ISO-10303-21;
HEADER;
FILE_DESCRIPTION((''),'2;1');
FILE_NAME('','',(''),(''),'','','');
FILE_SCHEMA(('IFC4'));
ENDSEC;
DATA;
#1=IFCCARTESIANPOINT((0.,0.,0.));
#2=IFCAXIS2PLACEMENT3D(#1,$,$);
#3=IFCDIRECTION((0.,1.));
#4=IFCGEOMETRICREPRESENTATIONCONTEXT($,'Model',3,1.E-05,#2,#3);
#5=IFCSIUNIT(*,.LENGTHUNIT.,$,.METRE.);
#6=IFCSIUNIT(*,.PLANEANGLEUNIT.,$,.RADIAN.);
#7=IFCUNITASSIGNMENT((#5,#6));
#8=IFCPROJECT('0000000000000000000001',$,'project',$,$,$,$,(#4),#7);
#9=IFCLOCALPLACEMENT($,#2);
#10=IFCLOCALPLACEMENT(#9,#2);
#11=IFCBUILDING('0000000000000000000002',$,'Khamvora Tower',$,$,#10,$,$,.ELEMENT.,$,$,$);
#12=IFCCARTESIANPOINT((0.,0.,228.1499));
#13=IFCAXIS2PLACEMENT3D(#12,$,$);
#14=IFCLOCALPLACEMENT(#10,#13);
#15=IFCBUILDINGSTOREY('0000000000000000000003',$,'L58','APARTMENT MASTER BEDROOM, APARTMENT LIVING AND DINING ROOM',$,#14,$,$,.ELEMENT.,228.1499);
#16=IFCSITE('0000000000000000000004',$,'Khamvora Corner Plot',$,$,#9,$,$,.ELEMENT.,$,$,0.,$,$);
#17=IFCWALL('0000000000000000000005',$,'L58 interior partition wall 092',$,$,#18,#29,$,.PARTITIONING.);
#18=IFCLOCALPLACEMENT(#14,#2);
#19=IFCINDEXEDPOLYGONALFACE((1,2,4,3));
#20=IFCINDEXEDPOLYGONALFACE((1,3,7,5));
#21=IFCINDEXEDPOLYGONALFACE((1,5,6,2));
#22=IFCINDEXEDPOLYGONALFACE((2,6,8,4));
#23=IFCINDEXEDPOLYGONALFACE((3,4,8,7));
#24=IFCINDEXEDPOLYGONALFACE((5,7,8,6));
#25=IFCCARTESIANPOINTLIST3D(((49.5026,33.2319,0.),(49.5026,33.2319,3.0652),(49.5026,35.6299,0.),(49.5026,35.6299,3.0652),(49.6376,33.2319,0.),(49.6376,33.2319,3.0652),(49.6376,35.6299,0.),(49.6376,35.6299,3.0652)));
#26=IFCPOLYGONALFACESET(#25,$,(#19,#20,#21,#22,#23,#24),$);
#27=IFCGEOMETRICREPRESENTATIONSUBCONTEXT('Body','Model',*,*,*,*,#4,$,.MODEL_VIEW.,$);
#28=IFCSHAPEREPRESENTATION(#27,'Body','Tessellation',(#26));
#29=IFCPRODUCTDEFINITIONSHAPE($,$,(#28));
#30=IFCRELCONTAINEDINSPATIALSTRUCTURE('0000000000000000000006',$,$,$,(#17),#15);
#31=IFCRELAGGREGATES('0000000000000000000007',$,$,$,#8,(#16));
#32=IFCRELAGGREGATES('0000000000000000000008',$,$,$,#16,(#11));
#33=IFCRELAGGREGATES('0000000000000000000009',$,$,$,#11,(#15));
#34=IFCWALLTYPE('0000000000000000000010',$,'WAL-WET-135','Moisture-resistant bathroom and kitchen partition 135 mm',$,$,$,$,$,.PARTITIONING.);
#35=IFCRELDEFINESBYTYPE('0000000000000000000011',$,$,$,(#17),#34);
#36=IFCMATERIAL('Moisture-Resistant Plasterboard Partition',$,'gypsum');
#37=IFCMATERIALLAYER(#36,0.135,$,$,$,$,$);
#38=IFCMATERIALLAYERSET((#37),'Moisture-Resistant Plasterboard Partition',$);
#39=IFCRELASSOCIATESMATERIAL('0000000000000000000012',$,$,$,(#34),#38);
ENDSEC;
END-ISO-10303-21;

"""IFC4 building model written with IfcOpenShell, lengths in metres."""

from ifc_helpers import new_model, si_unit, direction, frame, frame_2d, origin, place, context, subcontext, project, spatial, rectangle, extrude, material, layer, layer_set, type_object, element, save


model = new_model("IFC4")

# Units and contexts
model_context = context("Model", 3, precision=1e-05, world=origin(), true_north=direction((0.0, 1.0)))
body_context = subcontext(model_context, "Body", "Model", "MODEL_VIEW")
ifc_project = project(units=[si_unit("LENGTHUNIT", "METRE"), si_unit("PLANEANGLEUNIT", "RADIAN")], contexts=[model_context])

# Site, building, storey
site_placement = place(None, origin())
site = spatial("IfcSite", under=ifc_project, at=site_placement, Name="Khamvora Corner Plot", CompositionType="ELEMENT", RefElevation=0.0)
building_placement = place(site_placement, origin())
building = spatial("IfcBuilding", under=site, at=building_placement, Name="Khamvora Tower", CompositionType="ELEMENT")
storey_placement = place(building_placement, frame((0.0, 0.0, 228.1499)))
storey = spatial("IfcBuildingStorey", under=building, at=storey_placement, Name="L58", Description="APARTMENT MASTER BEDROOM, APARTMENT LIVING AND DINING ROOM", CompositionType="ELEMENT", Elevation=228.1499)

# Shared definitions
ifc_material_1 = material(Name="Moisture-Resistant Plasterboard Partition", Category="gypsum")
ifc_layer_1 = layer(ifc_material_1, 0.135)
ifc_layer_set_1 = layer_set([ifc_layer_1], Name="Moisture-Resistant Plasterboard Partition")
wall_type_1 = type_object("IfcWallType", Name="WAL-WET-135", Description="Moisture-resistant bathroom and kitchen partition 135 mm", PredefinedType="PARTITIONING", material=ifc_layer_set_1)

# Wall
wall_1_placement = place(storey_placement, frame((49.5701, 35.6299, 0.0), z_axis=(0.0, 0.0, 1.0), x_axis=(0.0, -1.0, 0.0)))
element("IfcWall", 1, at=wall_1_placement, inside=storey, type_object=wall_type_1, Name="L58 interior partition wall 092", PredefinedType="PARTITIONING", context=body_context, shape_type="SweptSolid", body=[
    extrude(rectangle(XDim=2.3979, YDim=0.135, at=frame_2d((1.199, 0.0))), origin(), (0.0, 0.0, 1.0), 3.0652),
])

save(model, "model.ifc")
